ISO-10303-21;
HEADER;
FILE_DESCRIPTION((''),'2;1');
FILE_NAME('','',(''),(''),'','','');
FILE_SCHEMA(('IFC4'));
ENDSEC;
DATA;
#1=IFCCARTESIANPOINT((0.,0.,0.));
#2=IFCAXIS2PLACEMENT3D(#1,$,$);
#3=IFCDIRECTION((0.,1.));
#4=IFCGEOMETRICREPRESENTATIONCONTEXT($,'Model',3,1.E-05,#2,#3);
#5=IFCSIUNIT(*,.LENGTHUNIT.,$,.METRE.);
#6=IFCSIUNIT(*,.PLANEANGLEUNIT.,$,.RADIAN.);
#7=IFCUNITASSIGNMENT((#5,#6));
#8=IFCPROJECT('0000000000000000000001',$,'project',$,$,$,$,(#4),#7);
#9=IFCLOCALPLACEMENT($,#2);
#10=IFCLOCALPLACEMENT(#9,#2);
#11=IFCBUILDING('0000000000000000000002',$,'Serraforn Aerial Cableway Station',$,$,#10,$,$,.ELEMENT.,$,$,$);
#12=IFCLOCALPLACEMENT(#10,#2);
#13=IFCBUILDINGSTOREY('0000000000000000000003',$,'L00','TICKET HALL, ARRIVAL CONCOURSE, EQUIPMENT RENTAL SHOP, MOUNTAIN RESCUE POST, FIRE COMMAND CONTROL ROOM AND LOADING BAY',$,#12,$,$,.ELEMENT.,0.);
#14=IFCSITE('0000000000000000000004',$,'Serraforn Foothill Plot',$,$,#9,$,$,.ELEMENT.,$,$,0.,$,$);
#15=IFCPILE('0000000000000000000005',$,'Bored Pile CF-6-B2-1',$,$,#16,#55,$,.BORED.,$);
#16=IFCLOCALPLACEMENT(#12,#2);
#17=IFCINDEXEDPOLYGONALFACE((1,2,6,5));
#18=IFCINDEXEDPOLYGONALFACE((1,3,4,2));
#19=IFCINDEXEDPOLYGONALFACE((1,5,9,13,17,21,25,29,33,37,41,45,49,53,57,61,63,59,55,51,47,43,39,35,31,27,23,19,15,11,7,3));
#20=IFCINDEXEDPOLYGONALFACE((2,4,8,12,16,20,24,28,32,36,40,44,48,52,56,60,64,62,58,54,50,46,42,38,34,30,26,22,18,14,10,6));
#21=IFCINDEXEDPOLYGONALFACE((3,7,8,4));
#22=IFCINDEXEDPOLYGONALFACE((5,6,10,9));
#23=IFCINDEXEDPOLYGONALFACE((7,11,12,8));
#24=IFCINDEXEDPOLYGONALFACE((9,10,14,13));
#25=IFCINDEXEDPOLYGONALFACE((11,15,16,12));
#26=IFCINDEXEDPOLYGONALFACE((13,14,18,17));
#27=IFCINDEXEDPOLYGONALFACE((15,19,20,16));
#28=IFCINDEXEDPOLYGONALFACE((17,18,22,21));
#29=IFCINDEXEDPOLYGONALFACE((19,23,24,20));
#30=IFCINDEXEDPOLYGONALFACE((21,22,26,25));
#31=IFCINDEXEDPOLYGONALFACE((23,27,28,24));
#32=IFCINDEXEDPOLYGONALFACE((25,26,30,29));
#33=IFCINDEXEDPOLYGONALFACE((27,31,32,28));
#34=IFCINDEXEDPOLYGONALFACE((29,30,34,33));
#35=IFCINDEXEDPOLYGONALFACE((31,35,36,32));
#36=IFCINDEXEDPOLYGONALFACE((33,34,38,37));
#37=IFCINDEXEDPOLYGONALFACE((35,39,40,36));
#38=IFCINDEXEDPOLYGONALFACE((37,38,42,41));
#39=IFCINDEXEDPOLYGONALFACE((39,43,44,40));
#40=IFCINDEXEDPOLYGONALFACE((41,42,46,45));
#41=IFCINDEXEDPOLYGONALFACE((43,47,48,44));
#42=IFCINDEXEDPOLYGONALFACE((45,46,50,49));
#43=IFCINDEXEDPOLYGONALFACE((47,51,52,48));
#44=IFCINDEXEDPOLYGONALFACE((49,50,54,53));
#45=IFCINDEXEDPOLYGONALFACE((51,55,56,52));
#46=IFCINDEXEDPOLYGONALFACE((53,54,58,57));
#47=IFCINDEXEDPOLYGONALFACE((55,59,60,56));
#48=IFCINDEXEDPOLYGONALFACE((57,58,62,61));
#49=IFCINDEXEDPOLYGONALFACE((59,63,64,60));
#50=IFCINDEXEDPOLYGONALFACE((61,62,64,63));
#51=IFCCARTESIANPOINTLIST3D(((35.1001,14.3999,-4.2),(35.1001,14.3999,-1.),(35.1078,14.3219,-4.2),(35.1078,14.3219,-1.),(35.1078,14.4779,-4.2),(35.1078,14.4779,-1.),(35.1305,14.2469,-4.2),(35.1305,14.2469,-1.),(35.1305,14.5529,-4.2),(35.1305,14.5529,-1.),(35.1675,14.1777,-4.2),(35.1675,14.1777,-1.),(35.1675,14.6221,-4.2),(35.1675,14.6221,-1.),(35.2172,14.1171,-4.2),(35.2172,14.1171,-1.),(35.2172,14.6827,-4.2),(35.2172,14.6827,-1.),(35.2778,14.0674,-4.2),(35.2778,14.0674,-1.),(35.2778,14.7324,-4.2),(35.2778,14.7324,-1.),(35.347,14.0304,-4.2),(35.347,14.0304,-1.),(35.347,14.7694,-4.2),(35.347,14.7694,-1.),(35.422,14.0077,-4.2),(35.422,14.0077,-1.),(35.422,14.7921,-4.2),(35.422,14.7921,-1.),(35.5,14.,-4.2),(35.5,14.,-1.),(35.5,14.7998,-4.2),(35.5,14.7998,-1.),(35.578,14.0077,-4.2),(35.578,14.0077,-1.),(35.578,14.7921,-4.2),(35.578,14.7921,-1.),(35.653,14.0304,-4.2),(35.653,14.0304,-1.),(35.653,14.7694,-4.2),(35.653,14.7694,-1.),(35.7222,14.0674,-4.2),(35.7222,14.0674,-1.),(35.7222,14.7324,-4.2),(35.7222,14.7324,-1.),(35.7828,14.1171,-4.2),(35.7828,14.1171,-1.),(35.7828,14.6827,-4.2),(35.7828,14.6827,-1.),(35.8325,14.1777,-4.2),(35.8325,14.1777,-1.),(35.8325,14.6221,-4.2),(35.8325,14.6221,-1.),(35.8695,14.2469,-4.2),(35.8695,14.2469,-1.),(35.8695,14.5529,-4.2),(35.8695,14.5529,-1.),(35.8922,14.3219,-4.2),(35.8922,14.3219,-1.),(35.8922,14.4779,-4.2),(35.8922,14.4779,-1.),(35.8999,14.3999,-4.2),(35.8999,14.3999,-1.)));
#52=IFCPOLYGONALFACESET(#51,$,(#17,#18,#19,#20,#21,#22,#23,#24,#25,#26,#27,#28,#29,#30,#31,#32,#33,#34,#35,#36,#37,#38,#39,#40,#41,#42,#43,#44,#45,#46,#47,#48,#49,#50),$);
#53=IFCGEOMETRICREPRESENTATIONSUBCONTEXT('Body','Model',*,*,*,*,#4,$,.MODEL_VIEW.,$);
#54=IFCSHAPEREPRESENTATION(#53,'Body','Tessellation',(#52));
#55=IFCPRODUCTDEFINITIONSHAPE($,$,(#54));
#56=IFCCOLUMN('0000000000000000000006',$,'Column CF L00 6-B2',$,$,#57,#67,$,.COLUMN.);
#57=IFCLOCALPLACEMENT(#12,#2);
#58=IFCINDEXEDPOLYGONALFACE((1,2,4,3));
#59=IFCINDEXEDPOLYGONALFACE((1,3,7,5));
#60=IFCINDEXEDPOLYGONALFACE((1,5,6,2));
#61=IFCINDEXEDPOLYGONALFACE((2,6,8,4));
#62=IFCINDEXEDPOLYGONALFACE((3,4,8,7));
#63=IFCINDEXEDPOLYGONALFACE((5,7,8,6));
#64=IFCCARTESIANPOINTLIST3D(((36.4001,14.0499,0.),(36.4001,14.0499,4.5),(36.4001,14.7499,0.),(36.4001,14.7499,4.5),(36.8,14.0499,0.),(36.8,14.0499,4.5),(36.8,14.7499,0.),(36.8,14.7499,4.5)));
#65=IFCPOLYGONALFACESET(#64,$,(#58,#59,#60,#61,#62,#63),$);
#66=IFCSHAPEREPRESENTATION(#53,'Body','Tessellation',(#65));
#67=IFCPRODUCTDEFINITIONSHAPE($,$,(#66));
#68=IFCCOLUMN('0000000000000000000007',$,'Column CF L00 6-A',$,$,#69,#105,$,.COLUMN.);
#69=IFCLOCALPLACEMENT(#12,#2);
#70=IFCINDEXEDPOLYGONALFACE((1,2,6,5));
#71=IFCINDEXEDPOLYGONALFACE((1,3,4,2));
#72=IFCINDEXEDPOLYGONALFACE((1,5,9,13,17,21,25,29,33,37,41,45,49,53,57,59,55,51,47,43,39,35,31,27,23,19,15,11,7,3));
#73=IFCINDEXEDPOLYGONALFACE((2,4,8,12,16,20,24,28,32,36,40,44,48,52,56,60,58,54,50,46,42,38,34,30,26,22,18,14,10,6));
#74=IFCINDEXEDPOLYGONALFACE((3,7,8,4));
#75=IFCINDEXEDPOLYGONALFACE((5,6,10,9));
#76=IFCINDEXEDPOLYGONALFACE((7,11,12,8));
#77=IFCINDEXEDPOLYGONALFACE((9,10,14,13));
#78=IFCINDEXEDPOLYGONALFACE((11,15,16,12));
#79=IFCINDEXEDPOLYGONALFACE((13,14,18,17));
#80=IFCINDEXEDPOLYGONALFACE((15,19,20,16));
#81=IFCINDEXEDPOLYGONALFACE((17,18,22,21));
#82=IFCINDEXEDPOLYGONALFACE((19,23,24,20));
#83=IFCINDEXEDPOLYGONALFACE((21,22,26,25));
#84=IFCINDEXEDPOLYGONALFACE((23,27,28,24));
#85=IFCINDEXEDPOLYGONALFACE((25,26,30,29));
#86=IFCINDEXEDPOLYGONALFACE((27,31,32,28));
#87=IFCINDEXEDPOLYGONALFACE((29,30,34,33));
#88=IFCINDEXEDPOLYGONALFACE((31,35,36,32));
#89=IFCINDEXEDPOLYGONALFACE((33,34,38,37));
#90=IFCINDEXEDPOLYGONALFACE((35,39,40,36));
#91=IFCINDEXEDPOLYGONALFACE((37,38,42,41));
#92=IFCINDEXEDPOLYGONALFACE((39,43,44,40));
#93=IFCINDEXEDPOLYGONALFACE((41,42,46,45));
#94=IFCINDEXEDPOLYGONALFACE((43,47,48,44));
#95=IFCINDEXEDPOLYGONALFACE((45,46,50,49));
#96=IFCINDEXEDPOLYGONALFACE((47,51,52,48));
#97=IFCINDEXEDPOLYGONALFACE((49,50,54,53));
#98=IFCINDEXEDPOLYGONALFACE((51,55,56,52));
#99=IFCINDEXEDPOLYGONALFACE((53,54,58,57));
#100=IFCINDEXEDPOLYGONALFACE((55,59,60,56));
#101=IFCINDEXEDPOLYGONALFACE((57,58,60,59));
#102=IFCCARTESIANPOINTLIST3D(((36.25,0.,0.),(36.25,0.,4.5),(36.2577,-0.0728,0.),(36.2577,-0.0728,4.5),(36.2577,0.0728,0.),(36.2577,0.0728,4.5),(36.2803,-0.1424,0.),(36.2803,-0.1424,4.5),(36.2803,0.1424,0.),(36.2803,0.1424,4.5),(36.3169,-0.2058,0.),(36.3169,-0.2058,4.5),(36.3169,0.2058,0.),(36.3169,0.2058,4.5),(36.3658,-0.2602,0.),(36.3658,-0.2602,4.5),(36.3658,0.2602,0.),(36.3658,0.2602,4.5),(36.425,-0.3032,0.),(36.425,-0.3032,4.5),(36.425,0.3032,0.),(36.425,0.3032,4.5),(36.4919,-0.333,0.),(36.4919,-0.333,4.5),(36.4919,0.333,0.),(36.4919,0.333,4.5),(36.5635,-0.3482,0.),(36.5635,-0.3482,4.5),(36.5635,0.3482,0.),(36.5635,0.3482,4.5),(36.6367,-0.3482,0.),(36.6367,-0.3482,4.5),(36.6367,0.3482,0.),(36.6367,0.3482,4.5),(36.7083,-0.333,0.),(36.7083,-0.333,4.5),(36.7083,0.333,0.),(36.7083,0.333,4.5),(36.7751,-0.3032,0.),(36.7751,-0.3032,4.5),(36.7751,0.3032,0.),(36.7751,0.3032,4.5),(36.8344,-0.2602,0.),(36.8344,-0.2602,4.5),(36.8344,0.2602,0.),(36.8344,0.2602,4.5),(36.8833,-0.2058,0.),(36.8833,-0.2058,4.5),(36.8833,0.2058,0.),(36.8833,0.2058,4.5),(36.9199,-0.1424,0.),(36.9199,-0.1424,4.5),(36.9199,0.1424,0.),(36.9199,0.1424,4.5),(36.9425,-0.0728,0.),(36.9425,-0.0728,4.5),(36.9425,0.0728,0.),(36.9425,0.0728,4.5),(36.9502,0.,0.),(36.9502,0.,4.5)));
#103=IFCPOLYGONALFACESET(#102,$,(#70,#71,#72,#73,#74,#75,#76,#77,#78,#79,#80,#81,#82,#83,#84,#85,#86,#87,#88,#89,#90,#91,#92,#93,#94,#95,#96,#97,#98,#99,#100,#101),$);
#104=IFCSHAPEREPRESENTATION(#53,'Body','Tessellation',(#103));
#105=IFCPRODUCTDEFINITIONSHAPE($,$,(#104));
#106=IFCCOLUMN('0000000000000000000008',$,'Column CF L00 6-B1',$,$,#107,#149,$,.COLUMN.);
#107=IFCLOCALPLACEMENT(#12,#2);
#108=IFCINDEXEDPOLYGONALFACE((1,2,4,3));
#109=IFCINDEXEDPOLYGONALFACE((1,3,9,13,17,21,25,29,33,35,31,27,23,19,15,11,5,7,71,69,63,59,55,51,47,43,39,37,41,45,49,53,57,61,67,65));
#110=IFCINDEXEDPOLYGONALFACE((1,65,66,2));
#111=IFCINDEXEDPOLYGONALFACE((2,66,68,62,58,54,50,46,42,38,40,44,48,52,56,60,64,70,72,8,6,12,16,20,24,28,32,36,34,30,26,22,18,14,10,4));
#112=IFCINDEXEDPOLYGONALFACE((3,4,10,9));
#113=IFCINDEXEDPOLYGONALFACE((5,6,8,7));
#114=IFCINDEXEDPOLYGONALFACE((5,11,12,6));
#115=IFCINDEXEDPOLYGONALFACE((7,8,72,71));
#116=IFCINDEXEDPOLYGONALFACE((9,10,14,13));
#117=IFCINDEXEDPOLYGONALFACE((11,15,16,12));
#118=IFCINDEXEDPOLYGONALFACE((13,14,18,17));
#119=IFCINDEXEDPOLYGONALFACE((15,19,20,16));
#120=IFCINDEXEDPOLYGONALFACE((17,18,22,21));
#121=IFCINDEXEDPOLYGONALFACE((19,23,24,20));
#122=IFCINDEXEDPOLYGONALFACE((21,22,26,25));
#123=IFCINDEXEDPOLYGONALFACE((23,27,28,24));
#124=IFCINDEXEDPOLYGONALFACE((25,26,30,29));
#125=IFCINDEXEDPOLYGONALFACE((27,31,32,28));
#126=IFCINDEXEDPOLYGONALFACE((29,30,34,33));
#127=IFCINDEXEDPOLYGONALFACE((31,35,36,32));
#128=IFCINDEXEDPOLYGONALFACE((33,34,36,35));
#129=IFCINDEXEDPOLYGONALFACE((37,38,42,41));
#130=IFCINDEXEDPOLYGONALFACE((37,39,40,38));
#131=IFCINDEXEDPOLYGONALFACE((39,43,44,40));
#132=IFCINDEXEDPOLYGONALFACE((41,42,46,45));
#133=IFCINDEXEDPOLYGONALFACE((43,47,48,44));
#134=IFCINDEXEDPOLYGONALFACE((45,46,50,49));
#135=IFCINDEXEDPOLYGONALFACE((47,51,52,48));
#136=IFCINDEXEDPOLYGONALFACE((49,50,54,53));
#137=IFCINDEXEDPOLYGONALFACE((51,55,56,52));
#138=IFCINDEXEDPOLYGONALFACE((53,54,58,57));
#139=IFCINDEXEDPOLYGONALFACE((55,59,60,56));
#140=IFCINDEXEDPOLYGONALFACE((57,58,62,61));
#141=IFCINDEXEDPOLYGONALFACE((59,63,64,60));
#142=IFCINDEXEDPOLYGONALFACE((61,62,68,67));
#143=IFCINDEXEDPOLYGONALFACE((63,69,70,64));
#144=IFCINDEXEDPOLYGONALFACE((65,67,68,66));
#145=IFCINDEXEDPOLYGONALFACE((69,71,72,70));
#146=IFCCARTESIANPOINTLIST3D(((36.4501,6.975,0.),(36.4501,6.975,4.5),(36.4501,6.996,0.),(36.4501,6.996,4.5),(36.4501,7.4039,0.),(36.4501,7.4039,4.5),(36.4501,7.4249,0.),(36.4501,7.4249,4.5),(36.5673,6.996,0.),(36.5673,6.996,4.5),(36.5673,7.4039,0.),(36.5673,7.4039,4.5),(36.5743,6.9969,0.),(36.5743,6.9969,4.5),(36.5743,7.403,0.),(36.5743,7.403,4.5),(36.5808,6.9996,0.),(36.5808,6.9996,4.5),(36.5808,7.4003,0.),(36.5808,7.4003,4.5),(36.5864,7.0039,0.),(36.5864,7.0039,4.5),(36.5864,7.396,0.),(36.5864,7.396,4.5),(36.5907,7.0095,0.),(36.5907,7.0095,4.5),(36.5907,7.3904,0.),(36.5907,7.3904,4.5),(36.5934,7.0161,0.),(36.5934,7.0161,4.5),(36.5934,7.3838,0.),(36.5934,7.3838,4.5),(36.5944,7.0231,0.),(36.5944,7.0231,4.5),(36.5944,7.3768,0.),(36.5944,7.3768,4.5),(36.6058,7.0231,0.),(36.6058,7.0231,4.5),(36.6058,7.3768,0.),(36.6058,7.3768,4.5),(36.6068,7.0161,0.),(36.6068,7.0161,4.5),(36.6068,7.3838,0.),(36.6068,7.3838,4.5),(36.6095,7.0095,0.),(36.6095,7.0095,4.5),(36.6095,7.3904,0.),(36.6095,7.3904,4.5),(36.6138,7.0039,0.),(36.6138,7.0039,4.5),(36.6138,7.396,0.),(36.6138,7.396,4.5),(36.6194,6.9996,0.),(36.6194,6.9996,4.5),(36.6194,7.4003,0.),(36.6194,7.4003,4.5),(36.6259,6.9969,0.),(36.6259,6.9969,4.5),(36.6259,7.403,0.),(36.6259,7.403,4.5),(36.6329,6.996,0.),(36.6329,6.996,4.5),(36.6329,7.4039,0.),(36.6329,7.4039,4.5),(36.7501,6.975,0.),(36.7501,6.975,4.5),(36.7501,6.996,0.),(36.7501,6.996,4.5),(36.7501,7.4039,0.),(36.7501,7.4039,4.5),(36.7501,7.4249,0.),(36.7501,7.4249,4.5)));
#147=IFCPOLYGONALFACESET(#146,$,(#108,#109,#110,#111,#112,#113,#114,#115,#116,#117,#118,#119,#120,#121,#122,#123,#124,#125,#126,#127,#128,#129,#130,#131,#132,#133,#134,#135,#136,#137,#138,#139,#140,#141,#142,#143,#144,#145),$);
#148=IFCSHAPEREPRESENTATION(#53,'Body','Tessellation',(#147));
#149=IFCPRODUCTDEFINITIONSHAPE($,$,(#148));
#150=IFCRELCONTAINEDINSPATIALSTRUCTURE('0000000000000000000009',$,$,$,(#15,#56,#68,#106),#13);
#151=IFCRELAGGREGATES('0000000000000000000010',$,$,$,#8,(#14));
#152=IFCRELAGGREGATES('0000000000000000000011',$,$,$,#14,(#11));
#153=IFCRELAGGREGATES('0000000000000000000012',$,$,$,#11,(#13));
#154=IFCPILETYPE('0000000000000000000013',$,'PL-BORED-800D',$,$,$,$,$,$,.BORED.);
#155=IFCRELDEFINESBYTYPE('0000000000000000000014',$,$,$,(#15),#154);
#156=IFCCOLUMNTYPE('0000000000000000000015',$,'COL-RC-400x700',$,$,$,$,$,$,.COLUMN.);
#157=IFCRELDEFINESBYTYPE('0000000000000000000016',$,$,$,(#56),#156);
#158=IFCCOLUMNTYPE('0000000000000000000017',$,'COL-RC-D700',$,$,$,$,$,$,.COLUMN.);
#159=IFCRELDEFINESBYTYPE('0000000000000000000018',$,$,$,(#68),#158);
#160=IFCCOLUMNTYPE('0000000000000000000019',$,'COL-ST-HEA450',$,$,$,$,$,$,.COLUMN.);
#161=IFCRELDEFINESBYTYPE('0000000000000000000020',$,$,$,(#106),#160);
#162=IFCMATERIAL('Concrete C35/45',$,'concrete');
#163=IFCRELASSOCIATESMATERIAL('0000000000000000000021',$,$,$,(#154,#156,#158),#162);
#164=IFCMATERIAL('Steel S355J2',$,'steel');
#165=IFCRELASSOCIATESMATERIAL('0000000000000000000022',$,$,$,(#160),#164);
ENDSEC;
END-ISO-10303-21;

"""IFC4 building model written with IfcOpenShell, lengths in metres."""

from ifc_helpers import new_model, si_unit, direction, frame, origin, origin_2d, place, context, subcontext, project, spatial, rectangle, circle, i_section, extrude, material, material_profile, profile_set, type_object, element, save


model = new_model("IFC4")

# Units and contexts
model_context = context("Model", 3, precision=1e-05, world=origin(), true_north=direction((0.0, 1.0)))
body_context = subcontext(model_context, "Body", "Model", "MODEL_VIEW")
ifc_project = project(units=[si_unit("LENGTHUNIT", "METRE"), si_unit("PLANEANGLEUNIT", "RADIAN")], contexts=[model_context])

# Site, building, storey
site_placement = place(None, origin())
site = spatial("IfcSite", under=ifc_project, at=site_placement, Name="Serraforn Foothill Plot", CompositionType="ELEMENT", RefElevation=0.0)
building_placement = place(site_placement, origin())
building = spatial("IfcBuilding", under=site, at=building_placement, Name="Serraforn Aerial Cableway Station", CompositionType="ELEMENT")
storey_placement = place(building_placement, origin())
storey = spatial("IfcBuildingStorey", under=building, at=storey_placement, Name="L00", Description="TICKET HALL, ARRIVAL CONCOURSE, EQUIPMENT RENTAL SHOP, MOUNTAIN RESCUE POST, FIRE COMMAND CONTROL ROOM AND LOADING BAY", CompositionType="ELEMENT", Elevation=0.0)

# Shared definitions
ifc_material_1 = material(Name="Concrete C35/45", Category="concrete")

# Pile
ifc_material_profile_1 = material_profile(ifc_material_1, circle(Radius=0.3999, at=origin_2d()), Name="BORED PILE D800")
ifc_profile_set_1 = profile_set([ifc_material_profile_1], Name="Concrete C35/45")
pile_type_1 = type_object("IfcPileType", Name="PL-BORED-800D", PredefinedType="BORED", material=ifc_profile_set_1)
pile_1_placement = place(storey_placement, frame((35.5, 14.3999, -1.0), z_axis=(0.0, 0.0, -1.0), x_axis=(1.0, 0.0, 0.0)))
element("IfcPile", 1, at=pile_1_placement, inside=storey, type_object=pile_type_1, Name="Bored Pile CF-6-B2-1", PredefinedType="BORED", context=body_context, shape_type="SweptSolid", body=[
    extrude(circle(Radius=0.3999, at=origin_2d()), origin(), (0.0, 0.0, 1.0), 3.2),
])

# Columns
ifc_material_profile_2 = material_profile(ifc_material_1, rectangle(XDim=0.3999, YDim=0.7, at=origin_2d()), Name="RC 400x700")
ifc_profile_set_2 = profile_set([ifc_material_profile_2], Name="Concrete C35/45")
column_type_1 = type_object("IfcColumnType", Name="COL-RC-400x700", PredefinedType="COLUMN", material=ifc_profile_set_2)
column_1_placement = place(storey_placement, frame((36.6001, 14.3999, 0.0), z_axis=(0.0, 0.0, 1.0), x_axis=(1.0, 0.0, 0.0)))
element("IfcColumn", 2, at=column_1_placement, inside=storey, type_object=column_type_1, Name="Column CF L00 6-B2", PredefinedType="COLUMN", context=body_context, shape_type="SweptSolid", body=[
    extrude(rectangle(XDim=0.3999, YDim=0.7, at=origin_2d()), origin(), (0.0, 0.0, 1.0), 4.5),
])
ifc_material_profile_3 = material_profile(ifc_material_1, circle(Radius=0.3501, at=origin_2d()), Name="RC D700")
ifc_profile_set_3 = profile_set([ifc_material_profile_3], Name="Concrete C35/45")
column_type_2 = type_object("IfcColumnType", Name="COL-RC-D700", PredefinedType="COLUMN", material=ifc_profile_set_3)
column_2_placement = place(storey_placement, frame((36.6001, 0.0, 0.0), z_axis=(0.0, 0.0, 1.0), x_axis=(1.0, 0.0, 0.0)))
element("IfcColumn", 3, at=column_2_placement, inside=storey, type_object=column_type_2, Name="Column CF L00 6-A", PredefinedType="COLUMN", context=body_context, shape_type="SweptSolid", body=[
    extrude(circle(Radius=0.3501, at=origin_2d()), origin(), (0.0, 0.0, 1.0), 4.5),
])
ifc_material_2 = material(Name="Steel S355J2", Category="steel")
ifc_material_profile_4 = material_profile(ifc_material_2, i_section(OverallWidth=0.3, OverallDepth=0.45, WebThickness=0.0115, FlangeThickness=0.021, FilletRadius=0.0271, at=origin_2d()), Name="HEA 450")
ifc_profile_set_4 = profile_set([ifc_material_profile_4], Name="Steel S355J2")
column_type_3 = type_object("IfcColumnType", Name="COL-ST-HEA450", PredefinedType="COLUMN", material=ifc_profile_set_4)
column_3_placement = place(storey_placement, frame((36.6001, 7.2, 0.0), z_axis=(0.0, 0.0, 1.0), x_axis=(1.0, 0.0, 0.0)))
element("IfcColumn", 4, at=column_3_placement, inside=storey, type_object=column_type_3, Name="Column CF L00 6-B1", PredefinedType="COLUMN", context=body_context, shape_type="SweptSolid", body=[
    extrude(i_section(OverallWidth=0.3, OverallDepth=0.45, WebThickness=0.0115, FlangeThickness=0.021, FilletRadius=0.0271, at=origin_2d()), origin(), (0.0, 0.0, 1.0), 4.5),
])

save(model, "model.ifc")
